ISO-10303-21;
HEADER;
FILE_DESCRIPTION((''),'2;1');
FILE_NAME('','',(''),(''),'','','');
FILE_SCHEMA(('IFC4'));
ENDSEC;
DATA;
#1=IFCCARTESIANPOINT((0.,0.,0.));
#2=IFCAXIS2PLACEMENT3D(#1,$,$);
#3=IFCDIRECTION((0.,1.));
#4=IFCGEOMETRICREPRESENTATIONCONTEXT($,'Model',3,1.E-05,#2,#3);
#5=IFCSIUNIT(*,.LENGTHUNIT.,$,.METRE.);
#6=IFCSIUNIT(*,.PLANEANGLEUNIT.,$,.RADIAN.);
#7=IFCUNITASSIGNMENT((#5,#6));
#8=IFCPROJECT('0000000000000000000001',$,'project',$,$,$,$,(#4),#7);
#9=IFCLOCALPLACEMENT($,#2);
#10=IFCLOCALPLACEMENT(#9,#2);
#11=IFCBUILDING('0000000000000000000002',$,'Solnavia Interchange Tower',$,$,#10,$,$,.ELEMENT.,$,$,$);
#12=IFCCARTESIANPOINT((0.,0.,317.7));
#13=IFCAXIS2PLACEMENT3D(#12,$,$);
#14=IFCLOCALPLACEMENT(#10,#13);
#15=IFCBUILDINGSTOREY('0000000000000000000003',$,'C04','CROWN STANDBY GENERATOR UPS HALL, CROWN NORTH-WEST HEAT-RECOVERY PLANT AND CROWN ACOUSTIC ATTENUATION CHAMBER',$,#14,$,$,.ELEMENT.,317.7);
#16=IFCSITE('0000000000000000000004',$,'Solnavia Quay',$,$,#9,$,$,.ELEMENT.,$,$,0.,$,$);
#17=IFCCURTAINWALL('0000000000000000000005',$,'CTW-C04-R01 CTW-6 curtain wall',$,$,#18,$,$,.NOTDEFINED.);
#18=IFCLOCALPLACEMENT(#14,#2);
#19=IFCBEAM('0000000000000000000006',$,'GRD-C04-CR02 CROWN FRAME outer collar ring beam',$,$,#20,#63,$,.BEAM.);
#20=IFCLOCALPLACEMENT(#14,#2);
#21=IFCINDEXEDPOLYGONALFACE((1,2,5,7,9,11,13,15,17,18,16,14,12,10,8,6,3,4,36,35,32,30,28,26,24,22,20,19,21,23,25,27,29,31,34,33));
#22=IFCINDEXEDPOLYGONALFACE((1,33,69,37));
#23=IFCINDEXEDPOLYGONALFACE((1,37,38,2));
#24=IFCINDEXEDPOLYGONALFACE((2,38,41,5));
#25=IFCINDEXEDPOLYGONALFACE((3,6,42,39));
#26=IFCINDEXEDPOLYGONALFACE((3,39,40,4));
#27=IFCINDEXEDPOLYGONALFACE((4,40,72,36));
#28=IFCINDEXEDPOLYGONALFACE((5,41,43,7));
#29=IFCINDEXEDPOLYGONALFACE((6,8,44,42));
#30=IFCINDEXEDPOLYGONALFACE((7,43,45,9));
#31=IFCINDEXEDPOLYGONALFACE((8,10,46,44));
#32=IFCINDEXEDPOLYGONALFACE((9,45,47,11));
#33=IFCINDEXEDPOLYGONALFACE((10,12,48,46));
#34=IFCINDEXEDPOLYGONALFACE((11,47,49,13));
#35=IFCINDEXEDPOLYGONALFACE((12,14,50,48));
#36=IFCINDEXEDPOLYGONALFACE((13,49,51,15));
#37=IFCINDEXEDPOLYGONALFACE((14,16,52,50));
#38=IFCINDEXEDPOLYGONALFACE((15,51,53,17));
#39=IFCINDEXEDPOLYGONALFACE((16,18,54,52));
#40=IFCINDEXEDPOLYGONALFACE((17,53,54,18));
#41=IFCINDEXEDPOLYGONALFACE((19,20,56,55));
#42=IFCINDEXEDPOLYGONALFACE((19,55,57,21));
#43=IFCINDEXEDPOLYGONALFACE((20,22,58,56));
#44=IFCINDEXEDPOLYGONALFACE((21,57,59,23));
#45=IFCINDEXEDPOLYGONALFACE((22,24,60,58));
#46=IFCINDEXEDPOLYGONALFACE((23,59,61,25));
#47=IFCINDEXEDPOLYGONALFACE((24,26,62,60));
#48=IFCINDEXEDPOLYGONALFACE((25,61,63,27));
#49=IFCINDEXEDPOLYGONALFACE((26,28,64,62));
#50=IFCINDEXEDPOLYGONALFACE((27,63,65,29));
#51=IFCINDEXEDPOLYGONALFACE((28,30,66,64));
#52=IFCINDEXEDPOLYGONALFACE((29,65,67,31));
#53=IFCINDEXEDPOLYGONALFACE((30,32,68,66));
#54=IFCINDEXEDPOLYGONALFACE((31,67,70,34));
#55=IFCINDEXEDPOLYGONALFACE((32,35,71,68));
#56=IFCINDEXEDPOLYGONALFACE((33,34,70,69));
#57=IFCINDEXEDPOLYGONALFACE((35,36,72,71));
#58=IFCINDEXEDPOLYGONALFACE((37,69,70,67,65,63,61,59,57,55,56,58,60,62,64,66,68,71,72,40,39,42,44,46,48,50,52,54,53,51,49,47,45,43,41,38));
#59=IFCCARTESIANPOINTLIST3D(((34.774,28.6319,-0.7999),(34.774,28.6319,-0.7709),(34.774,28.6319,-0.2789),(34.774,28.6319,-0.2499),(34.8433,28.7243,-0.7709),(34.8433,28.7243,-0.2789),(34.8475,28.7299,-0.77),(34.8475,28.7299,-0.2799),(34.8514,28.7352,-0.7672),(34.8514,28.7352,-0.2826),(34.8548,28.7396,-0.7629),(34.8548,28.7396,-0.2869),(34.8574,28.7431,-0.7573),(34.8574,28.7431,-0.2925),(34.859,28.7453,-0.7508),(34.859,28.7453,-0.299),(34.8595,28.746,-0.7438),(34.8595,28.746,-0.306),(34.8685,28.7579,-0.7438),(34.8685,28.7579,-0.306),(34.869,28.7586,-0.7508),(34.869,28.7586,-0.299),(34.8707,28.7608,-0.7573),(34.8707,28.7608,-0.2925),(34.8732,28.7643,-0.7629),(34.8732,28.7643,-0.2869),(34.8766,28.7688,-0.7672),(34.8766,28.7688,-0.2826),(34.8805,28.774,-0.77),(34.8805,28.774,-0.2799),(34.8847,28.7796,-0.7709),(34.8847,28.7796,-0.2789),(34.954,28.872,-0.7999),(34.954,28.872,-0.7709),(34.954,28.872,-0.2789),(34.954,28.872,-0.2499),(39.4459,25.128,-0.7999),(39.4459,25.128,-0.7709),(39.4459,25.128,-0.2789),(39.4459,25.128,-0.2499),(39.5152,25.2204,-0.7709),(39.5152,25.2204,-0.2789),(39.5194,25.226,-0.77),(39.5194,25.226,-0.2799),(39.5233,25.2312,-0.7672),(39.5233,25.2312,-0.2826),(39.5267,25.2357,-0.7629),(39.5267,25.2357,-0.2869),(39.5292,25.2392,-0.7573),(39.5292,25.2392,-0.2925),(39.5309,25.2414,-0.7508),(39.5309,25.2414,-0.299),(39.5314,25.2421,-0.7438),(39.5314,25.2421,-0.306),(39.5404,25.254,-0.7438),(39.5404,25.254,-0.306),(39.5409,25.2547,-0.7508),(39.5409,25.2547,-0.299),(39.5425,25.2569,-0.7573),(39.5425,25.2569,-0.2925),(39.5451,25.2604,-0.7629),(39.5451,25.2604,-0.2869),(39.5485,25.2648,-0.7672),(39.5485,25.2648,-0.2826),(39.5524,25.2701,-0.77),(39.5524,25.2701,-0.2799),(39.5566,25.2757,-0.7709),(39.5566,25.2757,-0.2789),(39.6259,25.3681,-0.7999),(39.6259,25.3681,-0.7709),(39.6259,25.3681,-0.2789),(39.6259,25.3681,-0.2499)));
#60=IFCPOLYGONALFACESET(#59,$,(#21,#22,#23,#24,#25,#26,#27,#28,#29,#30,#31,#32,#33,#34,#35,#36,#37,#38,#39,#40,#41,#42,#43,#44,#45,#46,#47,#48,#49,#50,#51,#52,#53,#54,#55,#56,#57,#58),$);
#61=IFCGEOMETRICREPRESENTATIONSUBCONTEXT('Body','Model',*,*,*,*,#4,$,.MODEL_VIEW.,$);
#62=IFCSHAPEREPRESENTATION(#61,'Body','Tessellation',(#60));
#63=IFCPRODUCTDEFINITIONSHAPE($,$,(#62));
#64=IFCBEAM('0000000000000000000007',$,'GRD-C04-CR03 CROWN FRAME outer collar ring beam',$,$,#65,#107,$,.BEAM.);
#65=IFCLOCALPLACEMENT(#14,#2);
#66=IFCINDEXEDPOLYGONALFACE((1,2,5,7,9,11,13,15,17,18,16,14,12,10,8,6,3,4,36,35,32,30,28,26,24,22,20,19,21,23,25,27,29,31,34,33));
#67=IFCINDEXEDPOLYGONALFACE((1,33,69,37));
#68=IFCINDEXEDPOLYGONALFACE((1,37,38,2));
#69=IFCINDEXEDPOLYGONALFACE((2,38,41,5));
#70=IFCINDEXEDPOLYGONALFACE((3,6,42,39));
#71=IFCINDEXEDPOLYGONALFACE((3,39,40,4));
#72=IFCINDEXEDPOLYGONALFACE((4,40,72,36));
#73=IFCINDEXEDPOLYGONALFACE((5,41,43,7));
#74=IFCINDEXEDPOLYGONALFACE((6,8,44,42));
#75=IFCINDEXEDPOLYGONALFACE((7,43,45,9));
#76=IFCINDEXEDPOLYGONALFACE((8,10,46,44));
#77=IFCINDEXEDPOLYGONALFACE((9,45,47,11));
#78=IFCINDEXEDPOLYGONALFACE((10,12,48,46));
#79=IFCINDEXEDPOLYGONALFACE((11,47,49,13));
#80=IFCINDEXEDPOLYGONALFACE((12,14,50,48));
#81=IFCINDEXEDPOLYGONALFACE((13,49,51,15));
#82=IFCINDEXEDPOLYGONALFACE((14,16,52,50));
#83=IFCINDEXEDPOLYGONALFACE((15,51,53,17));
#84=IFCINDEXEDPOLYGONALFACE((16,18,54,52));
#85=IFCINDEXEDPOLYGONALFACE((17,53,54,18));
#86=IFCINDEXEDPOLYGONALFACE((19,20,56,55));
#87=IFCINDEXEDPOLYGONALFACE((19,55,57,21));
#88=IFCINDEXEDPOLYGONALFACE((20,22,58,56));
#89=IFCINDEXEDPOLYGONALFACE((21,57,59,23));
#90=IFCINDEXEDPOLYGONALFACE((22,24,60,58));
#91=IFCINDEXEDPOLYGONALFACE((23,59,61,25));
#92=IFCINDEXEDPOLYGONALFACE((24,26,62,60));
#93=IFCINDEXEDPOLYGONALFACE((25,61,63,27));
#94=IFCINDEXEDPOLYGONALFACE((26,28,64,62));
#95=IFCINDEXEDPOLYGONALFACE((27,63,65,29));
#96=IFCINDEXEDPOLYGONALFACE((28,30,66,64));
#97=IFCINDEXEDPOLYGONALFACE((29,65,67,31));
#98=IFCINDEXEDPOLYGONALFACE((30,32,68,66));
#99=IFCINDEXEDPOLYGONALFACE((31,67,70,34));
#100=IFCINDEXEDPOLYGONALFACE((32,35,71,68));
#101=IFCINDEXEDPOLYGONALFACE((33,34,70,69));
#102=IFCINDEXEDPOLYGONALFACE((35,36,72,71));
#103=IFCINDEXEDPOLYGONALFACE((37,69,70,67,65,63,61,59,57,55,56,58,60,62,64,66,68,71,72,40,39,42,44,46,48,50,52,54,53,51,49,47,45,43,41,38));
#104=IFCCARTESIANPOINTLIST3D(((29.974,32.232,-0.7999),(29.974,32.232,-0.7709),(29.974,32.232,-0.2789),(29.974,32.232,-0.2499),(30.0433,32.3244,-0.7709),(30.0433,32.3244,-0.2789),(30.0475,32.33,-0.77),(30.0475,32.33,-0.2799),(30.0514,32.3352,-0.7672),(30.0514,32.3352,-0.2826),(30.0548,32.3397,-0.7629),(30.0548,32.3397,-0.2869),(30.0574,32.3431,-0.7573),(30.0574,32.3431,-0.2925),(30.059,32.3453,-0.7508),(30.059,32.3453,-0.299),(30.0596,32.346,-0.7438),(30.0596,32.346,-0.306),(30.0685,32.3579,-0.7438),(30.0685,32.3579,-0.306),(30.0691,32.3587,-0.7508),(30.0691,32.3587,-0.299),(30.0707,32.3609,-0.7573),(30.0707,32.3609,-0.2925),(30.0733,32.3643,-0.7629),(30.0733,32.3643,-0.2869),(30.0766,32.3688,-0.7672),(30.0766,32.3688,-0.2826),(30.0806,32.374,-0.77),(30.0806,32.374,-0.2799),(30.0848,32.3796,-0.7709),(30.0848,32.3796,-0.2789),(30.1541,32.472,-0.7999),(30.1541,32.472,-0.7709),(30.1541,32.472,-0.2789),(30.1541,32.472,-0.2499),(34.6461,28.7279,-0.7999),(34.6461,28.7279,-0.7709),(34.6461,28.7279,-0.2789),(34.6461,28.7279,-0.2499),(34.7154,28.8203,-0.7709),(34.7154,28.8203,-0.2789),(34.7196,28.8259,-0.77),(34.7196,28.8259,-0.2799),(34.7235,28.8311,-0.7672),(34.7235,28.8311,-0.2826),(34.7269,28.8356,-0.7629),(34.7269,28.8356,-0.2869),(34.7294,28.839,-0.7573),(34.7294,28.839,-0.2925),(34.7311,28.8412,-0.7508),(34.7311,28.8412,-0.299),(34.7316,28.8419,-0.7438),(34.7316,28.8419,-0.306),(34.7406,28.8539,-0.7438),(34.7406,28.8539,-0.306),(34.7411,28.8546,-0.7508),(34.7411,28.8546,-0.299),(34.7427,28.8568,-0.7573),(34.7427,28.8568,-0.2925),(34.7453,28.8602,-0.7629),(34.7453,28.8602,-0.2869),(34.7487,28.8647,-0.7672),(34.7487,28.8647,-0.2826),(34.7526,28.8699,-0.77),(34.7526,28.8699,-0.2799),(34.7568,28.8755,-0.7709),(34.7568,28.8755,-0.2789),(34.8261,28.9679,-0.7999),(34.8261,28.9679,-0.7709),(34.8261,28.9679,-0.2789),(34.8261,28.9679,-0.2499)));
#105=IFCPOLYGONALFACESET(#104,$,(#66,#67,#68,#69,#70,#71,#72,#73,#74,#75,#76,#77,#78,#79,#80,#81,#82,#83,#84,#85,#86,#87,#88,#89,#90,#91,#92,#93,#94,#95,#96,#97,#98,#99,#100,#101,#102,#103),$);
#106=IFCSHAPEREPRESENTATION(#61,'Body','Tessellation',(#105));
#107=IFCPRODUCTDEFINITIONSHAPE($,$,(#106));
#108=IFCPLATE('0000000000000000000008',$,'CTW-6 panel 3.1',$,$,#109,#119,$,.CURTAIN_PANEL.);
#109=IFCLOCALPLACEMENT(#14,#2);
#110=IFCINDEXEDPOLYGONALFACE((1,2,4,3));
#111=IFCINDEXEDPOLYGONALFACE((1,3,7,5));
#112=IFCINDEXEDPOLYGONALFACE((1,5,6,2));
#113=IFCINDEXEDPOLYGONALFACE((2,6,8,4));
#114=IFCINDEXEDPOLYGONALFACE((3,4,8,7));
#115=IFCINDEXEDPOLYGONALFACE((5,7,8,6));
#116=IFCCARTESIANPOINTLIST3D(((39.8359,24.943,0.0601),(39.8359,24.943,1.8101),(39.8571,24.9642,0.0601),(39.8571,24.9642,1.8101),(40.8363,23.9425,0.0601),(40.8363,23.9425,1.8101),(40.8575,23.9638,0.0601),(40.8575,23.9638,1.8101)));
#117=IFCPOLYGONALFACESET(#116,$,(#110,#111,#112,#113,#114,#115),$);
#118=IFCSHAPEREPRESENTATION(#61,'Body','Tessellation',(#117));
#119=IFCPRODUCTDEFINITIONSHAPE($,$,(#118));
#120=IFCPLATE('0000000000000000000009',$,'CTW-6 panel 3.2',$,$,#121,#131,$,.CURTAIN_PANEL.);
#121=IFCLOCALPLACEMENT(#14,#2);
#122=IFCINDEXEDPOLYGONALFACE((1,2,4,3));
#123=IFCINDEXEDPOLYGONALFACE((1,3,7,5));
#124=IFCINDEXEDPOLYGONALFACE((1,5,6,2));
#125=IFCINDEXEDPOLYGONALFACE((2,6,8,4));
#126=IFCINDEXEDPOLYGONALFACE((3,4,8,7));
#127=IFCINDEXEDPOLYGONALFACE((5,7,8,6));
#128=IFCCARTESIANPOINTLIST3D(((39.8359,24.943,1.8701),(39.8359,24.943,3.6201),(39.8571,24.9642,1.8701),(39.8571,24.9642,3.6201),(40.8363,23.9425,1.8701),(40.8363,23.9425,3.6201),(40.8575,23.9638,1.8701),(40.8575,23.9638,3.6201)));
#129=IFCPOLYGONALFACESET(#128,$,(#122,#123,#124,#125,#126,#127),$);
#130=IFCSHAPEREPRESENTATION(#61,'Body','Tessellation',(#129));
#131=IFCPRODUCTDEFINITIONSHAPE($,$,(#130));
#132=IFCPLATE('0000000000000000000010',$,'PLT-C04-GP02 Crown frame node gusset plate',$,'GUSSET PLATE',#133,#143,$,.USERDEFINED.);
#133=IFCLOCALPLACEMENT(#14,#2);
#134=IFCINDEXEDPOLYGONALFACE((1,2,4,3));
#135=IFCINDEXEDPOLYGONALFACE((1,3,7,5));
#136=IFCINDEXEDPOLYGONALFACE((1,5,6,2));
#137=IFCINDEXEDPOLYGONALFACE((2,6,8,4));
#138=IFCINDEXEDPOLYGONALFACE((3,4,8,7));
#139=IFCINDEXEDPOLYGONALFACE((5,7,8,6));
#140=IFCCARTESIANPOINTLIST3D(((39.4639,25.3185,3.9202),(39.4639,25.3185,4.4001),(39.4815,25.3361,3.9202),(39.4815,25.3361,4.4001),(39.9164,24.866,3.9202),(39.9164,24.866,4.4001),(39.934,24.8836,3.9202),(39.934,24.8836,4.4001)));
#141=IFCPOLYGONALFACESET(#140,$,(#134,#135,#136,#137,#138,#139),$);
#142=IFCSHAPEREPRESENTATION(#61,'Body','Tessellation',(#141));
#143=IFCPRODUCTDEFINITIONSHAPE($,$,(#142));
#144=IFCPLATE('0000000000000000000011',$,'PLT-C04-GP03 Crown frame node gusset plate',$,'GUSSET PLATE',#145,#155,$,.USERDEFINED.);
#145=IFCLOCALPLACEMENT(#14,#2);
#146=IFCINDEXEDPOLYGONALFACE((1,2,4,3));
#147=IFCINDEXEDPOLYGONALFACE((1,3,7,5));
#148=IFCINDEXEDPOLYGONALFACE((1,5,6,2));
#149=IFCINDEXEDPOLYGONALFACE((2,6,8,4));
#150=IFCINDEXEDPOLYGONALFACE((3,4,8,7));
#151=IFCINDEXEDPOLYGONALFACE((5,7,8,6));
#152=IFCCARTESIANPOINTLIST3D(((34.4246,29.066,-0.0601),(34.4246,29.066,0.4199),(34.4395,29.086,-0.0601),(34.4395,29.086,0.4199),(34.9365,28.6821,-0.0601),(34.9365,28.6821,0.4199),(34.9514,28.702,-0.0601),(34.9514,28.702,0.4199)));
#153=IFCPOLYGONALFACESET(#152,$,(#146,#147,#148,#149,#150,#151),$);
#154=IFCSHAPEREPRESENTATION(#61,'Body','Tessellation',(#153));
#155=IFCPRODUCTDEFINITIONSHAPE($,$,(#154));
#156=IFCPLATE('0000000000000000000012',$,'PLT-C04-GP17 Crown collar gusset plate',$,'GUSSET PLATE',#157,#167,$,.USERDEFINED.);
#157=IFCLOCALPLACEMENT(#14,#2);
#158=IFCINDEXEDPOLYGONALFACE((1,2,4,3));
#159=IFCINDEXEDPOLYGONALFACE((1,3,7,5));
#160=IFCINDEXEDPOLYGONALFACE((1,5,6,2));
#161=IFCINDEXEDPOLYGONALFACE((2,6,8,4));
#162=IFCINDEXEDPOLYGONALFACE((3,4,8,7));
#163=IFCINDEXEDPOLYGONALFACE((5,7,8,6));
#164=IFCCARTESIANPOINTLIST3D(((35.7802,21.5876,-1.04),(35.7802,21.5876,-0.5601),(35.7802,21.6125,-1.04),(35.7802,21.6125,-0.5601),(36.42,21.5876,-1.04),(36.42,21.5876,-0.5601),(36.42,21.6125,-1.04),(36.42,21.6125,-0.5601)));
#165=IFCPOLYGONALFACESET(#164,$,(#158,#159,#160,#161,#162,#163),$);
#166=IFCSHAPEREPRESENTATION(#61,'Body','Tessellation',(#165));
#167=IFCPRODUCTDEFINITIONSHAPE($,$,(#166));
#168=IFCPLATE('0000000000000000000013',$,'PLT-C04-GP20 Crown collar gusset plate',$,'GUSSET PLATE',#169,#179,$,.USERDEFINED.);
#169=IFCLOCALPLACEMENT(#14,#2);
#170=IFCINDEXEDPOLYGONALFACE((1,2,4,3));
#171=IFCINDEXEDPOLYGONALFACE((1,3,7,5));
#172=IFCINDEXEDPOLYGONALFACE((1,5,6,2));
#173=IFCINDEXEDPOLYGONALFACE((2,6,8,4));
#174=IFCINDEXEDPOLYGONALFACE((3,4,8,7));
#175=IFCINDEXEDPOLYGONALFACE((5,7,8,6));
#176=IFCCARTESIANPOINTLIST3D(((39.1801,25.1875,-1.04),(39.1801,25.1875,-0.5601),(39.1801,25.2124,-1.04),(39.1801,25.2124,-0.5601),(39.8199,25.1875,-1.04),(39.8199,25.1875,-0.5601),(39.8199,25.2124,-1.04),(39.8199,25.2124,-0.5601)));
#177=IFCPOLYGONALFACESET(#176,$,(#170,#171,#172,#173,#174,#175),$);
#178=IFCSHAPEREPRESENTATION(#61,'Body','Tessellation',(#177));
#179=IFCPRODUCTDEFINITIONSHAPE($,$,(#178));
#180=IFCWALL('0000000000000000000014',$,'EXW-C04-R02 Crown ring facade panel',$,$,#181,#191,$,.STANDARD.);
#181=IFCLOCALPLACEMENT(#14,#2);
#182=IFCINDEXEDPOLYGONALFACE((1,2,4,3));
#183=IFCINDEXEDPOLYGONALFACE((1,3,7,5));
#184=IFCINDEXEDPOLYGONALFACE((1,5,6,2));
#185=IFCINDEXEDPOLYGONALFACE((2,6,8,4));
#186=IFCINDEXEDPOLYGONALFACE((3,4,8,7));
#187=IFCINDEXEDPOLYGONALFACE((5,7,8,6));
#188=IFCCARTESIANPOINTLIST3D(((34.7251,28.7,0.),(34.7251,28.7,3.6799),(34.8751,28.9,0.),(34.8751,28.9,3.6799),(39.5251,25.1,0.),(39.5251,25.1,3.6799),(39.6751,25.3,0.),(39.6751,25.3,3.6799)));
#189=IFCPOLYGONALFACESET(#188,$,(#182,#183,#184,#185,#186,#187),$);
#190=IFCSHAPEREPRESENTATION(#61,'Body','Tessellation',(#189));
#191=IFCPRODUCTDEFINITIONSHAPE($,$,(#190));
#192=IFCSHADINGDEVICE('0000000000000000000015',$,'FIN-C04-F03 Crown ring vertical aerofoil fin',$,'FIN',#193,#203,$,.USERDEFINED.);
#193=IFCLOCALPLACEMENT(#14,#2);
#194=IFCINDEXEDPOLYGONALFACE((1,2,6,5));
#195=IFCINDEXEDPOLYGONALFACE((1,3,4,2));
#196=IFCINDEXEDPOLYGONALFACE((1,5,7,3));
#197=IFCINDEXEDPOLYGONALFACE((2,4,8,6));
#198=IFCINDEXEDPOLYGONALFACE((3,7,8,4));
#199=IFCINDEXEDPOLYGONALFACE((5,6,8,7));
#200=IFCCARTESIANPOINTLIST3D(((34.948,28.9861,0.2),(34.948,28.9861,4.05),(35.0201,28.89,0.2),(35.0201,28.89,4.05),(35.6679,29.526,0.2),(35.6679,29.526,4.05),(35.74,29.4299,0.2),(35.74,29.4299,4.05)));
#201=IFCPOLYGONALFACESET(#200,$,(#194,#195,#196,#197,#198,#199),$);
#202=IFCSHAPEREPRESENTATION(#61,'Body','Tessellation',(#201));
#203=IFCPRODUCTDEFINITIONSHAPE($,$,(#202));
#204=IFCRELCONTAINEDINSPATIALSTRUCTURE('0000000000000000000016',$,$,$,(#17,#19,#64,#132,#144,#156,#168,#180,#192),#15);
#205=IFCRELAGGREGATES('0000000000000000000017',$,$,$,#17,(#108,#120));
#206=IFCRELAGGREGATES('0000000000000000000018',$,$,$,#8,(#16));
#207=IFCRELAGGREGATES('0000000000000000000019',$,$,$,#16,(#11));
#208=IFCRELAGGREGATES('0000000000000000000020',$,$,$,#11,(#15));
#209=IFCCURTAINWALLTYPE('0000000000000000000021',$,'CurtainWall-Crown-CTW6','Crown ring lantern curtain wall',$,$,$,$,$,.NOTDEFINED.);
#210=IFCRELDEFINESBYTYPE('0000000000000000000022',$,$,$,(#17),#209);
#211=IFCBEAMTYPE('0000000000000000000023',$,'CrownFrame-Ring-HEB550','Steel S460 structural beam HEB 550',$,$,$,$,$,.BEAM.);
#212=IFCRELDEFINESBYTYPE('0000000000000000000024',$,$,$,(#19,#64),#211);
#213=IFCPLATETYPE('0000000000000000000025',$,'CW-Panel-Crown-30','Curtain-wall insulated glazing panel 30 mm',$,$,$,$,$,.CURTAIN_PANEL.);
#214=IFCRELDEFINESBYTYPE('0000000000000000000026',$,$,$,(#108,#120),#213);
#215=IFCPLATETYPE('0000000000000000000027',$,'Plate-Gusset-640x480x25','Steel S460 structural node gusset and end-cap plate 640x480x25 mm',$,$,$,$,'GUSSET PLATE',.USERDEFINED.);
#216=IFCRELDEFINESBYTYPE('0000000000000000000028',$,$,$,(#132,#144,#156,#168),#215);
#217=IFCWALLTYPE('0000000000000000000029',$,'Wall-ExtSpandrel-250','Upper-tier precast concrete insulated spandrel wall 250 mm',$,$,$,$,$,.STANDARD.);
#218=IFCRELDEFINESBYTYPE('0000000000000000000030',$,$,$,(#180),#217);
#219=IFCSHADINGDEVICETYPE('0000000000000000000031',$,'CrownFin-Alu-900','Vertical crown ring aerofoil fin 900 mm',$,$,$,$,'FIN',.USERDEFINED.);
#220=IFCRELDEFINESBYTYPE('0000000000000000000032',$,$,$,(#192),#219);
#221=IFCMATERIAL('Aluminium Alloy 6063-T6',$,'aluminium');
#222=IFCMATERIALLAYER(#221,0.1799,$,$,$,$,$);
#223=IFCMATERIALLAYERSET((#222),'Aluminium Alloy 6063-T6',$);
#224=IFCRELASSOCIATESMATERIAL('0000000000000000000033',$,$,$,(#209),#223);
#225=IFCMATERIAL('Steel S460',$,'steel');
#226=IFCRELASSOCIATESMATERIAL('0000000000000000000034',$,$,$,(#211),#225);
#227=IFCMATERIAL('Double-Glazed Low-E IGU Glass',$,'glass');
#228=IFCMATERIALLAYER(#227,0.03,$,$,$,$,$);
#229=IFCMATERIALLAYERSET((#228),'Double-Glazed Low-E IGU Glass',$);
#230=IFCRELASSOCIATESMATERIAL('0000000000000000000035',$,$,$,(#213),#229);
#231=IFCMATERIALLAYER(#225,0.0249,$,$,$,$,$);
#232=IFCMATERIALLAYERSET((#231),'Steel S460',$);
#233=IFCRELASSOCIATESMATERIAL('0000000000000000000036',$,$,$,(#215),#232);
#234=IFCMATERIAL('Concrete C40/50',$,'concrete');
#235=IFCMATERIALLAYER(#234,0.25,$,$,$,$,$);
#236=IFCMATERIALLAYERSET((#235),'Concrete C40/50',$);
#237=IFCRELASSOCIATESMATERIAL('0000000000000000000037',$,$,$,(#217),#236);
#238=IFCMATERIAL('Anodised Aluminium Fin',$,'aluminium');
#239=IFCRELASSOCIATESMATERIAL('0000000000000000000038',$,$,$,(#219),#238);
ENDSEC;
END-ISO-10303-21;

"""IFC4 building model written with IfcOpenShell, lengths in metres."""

from ifc_helpers import new_model, si_unit, direction, frame, frame_2d, origin, origin_2d, place, context, subcontext, project, spatial, rectangle, i_section, extrude, material, layer, layer_set, material_profile, profile_set, type_object, element, aggregate, save


model = new_model("IFC4")

# Units and contexts
model_context = context("Model", 3, precision=1e-05, world=origin(), true_north=direction((0.0, 1.0)))
body_context = subcontext(model_context, "Body", "Model", "MODEL_VIEW")
ifc_project = project(units=[si_unit("LENGTHUNIT", "METRE"), si_unit("PLANEANGLEUNIT", "RADIAN")], contexts=[model_context])

# Site, building, storey
site_placement = place(None, origin())
site = spatial("IfcSite", under=ifc_project, at=site_placement, Name="Solnavia Quay", CompositionType="ELEMENT", RefElevation=0.0)
building_placement = place(site_placement, origin())
building = spatial("IfcBuilding", under=site, at=building_placement, Name="Solnavia Interchange Tower", CompositionType="ELEMENT")
storey_placement = place(building_placement, frame((0.0, 0.0, 317.7)))
storey = spatial("IfcBuildingStorey", under=building, at=storey_placement, Name="C04", Description="CROWN STANDBY GENERATOR UPS HALL, CROWN NORTH-WEST HEAT-RECOVERY PLANT AND CROWN ACOUSTIC ATTENUATION CHAMBER", CompositionType="ELEMENT", Elevation=317.7)

# Shared definitions
ifc_material_1 = material(Name="Steel S460", Category="steel")

# Curtain wall
ifc_material_2 = material(Name="Aluminium Alloy 6063-T6", Category="aluminium")
ifc_layer_1 = layer(ifc_material_2, 0.1799)
ifc_layer_set_1 = layer_set([ifc_layer_1], Name="Aluminium Alloy 6063-T6")
curtain_wall_type = type_object("IfcCurtainWallType", Name="CurtainWall-Crown-CTW6", Description="Crown ring lantern curtain wall", PredefinedType="NOTDEFINED", material=ifc_layer_set_1)
curtain_wall_1_placement = place(storey_placement, origin())
curtain_wall_1 = element("IfcCurtainWall", 1, at=curtain_wall_1_placement, inside=storey, type_object=curtain_wall_type, Name="CTW-C04-R01 CTW-6 curtain wall", PredefinedType="NOTDEFINED")

# Beams
ifc_material_profile_1 = material_profile(ifc_material_1, i_section(OverallWidth=0.3, OverallDepth=0.55, WebThickness=0.0149, FlangeThickness=0.0291, FilletRadius=0.0271, at=origin_2d()), Name="HEB 550")
ifc_profile_set_1 = profile_set([ifc_material_profile_1], Name="Steel S460")
beam_type_1 = type_object("IfcBeamType", Name="CrownFrame-Ring-HEB550", Description="Steel S460 structural beam HEB 550", PredefinedType="BEAM", material=ifc_profile_set_1)
beam_1_placement = place(storey_placement, frame((39.5359, 25.248, -0.5249), z_axis=(-0.8, 0.6, 0.0), x_axis=(-0.6, -0.8, 0.0)))
element("IfcBeam", 2, at=beam_1_placement, inside=storey, type_object=beam_type_1, Name="GRD-C04-CR02 CROWN FRAME outer collar ring beam", PredefinedType="BEAM", context=body_context, shape_type="SweptSolid", body=[
    extrude(i_section(OverallWidth=0.3, OverallDepth=0.55, WebThickness=0.0149, FlangeThickness=0.0291, FilletRadius=0.0271, at=origin_2d()), origin(), (0.0, 0.0, 1.0), 5.8398),
])
beam_2_placement = place(storey_placement, frame((34.7361, 28.8479, -0.5249), z_axis=(-0.799995, 0.600007, 0.0), x_axis=(-0.600007, -0.799995, 0.0)))
element("IfcBeam", 3, at=beam_2_placement, inside=storey, type_object=beam_type_1, Name="GRD-C04-CR03 CROWN FRAME outer collar ring beam", PredefinedType="BEAM", context=body_context, shape_type="SweptSolid", body=[
    extrude(i_section(OverallWidth=0.3, OverallDepth=0.55, WebThickness=0.0149, FlangeThickness=0.0291, FilletRadius=0.0271, at=origin_2d()), origin(), (0.0, 0.0, 1.0), 5.8401),
])

# Plates
ifc_material_3 = material(Name="Double-Glazed Low-E IGU Glass", Category="glass")
ifc_layer_2 = layer(ifc_material_3, 0.03)
ifc_layer_set_2 = layer_set([ifc_layer_2], Name="Double-Glazed Low-E IGU Glass")
plate_type_1 = type_object("IfcPlateType", Name="CW-Panel-Crown-30", Description="Curtain-wall insulated glazing panel 30 mm", PredefinedType="CURTAIN_PANEL", material=ifc_layer_set_2)
plate_1_placement = place(storey_placement, frame((40.3467, 24.4534, 0.0601), z_axis=(0.0, 0.0, 1.0), x_axis=(-0.707107, 0.707107, 0.0)))
plate_1 = element("IfcPlate", 4, at=plate_1_placement, type_object=plate_type_1, Name="CTW-6 panel 3.1", PredefinedType="CURTAIN_PANEL", context=body_context, shape_type="SweptSolid", body=[
    extrude(rectangle(XDim=1.4148, YDim=0.03, at=origin_2d()), origin(), (0.0, 0.0, 1.0), 1.75),
])
plate_2_placement = place(storey_placement, frame((40.3467, 24.4534, 1.8701), z_axis=(0.0, 0.0, 1.0), x_axis=(-0.707107, 0.707107, 0.0)))
plate_2 = element("IfcPlate", 5, at=plate_2_placement, type_object=plate_type_1, Name="CTW-6 panel 3.2", PredefinedType="CURTAIN_PANEL", context=body_context, shape_type="SweptSolid", body=[
    extrude(rectangle(XDim=1.4148, YDim=0.03, at=origin_2d()), origin(), (0.0, 0.0, 1.0), 1.75),
])
aggregate(curtain_wall_1, [plate_1, plate_2])

# Plates
ifc_layer_3 = layer(ifc_material_1, 0.0249)
ifc_layer_set_3 = layer_set([ifc_layer_3], Name="Steel S460")
plate_type_2 = type_object("IfcPlateType", Name="Plate-Gusset-640x480x25", Description="Steel S460 structural node gusset and end-cap plate 640x480x25 mm", ElementType="GUSSET PLATE", PredefinedType="USERDEFINED", material=ifc_layer_set_3)
for number, where, z_axis, x_axis, name in (
    (6, (39.699, 25.1011, 3.9202), (0.0, 0.0, 1.0), (-0.707107, 0.707107, 0.0), "PLT-C04-GP02 Crown frame node gusset plate"),
    (7, (34.688, 28.884, -0.0601), (0.0, 0.0, 1.0), (-0.799999, 0.600001, 0.0), "PLT-C04-GP03 Crown frame node gusset plate"),
    (8, (36.1001, 21.6001, -1.04), (0.0, 0.0, 1.0), (1.0, 0.0, 0.0), "PLT-C04-GP17 Crown collar gusset plate"),
    (9, (39.5, 25.2, -1.04), (0.0, 0.0, 1.0), (1.0, 0.0, 0.0), "PLT-C04-GP20 Crown collar gusset plate"),
):
    element("IfcPlate", number, at=place(storey_placement, frame(where, z_axis=z_axis, x_axis=x_axis)), inside=storey, type_object=plate_type_2, Name=name, ObjectType="GUSSET PLATE", PredefinedType="USERDEFINED", context=body_context, shape_type="SweptSolid", body=[
        extrude(rectangle(XDim=0.6399, YDim=0.0249, at=origin_2d()), origin(), (0.0, 0.0, 1.0), 0.48),
    ])

# Wall
ifc_material_4 = material(Name="Concrete C40/50", Category="concrete")
ifc_layer_4 = layer(ifc_material_4, 0.25)
ifc_layer_set_4 = layer_set([ifc_layer_4], Name="Concrete C40/50")
wall_type = type_object("IfcWallType", Name="Wall-ExtSpandrel-250", Description="Upper-tier precast concrete insulated spandrel wall 250 mm", PredefinedType="STANDARD", material=ifc_layer_set_4)
wall_placement = place(storey_placement, frame((39.6001, 25.2, 0.0), z_axis=(0.0, 0.0, 1.0), x_axis=(-0.799995, 0.600007, 0.0)))
element("IfcWall", 10, at=wall_placement, inside=storey, type_object=wall_type, Name="EXW-C04-R02 Crown ring facade panel", PredefinedType="STANDARD", context=body_context, shape_type="SweptSolid", body=[
    extrude(rectangle(XDim=6.0, YDim=0.25, at=frame_2d((3.0, 0.0))), origin(), (0.0, 0.0, 1.0), 3.6799),
])

# Shading device
ifc_material_5 = material(Name="Anodised Aluminium Fin", Category="aluminium")
shading_device_type = type_object("IfcShadingDeviceType", Name="CrownFin-Alu-900", Description="Vertical crown ring aerofoil fin 900 mm", ElementType="FIN", PredefinedType="USERDEFINED", material=ifc_material_5)
shading_device_placement = place(storey_placement, frame((35.344, 29.208, 0.2), z_axis=(0.0, 0.0, 1.0), x_axis=(0.799999, 0.600001, 0.0)))
element("IfcShadingDevice", 11, at=shading_device_placement, inside=storey, type_object=shading_device_type, Name="FIN-C04-F03 Crown ring vertical aerofoil fin", ObjectType="FIN", PredefinedType="USERDEFINED", context=body_context, shape_type="SweptSolid", body=[
    extrude(rectangle(XDim=0.8999, YDim=0.1201, at=origin_2d()), origin(), (0.0, 0.0, 1.0), 3.8501),
])

save(model, "model.ifc")
